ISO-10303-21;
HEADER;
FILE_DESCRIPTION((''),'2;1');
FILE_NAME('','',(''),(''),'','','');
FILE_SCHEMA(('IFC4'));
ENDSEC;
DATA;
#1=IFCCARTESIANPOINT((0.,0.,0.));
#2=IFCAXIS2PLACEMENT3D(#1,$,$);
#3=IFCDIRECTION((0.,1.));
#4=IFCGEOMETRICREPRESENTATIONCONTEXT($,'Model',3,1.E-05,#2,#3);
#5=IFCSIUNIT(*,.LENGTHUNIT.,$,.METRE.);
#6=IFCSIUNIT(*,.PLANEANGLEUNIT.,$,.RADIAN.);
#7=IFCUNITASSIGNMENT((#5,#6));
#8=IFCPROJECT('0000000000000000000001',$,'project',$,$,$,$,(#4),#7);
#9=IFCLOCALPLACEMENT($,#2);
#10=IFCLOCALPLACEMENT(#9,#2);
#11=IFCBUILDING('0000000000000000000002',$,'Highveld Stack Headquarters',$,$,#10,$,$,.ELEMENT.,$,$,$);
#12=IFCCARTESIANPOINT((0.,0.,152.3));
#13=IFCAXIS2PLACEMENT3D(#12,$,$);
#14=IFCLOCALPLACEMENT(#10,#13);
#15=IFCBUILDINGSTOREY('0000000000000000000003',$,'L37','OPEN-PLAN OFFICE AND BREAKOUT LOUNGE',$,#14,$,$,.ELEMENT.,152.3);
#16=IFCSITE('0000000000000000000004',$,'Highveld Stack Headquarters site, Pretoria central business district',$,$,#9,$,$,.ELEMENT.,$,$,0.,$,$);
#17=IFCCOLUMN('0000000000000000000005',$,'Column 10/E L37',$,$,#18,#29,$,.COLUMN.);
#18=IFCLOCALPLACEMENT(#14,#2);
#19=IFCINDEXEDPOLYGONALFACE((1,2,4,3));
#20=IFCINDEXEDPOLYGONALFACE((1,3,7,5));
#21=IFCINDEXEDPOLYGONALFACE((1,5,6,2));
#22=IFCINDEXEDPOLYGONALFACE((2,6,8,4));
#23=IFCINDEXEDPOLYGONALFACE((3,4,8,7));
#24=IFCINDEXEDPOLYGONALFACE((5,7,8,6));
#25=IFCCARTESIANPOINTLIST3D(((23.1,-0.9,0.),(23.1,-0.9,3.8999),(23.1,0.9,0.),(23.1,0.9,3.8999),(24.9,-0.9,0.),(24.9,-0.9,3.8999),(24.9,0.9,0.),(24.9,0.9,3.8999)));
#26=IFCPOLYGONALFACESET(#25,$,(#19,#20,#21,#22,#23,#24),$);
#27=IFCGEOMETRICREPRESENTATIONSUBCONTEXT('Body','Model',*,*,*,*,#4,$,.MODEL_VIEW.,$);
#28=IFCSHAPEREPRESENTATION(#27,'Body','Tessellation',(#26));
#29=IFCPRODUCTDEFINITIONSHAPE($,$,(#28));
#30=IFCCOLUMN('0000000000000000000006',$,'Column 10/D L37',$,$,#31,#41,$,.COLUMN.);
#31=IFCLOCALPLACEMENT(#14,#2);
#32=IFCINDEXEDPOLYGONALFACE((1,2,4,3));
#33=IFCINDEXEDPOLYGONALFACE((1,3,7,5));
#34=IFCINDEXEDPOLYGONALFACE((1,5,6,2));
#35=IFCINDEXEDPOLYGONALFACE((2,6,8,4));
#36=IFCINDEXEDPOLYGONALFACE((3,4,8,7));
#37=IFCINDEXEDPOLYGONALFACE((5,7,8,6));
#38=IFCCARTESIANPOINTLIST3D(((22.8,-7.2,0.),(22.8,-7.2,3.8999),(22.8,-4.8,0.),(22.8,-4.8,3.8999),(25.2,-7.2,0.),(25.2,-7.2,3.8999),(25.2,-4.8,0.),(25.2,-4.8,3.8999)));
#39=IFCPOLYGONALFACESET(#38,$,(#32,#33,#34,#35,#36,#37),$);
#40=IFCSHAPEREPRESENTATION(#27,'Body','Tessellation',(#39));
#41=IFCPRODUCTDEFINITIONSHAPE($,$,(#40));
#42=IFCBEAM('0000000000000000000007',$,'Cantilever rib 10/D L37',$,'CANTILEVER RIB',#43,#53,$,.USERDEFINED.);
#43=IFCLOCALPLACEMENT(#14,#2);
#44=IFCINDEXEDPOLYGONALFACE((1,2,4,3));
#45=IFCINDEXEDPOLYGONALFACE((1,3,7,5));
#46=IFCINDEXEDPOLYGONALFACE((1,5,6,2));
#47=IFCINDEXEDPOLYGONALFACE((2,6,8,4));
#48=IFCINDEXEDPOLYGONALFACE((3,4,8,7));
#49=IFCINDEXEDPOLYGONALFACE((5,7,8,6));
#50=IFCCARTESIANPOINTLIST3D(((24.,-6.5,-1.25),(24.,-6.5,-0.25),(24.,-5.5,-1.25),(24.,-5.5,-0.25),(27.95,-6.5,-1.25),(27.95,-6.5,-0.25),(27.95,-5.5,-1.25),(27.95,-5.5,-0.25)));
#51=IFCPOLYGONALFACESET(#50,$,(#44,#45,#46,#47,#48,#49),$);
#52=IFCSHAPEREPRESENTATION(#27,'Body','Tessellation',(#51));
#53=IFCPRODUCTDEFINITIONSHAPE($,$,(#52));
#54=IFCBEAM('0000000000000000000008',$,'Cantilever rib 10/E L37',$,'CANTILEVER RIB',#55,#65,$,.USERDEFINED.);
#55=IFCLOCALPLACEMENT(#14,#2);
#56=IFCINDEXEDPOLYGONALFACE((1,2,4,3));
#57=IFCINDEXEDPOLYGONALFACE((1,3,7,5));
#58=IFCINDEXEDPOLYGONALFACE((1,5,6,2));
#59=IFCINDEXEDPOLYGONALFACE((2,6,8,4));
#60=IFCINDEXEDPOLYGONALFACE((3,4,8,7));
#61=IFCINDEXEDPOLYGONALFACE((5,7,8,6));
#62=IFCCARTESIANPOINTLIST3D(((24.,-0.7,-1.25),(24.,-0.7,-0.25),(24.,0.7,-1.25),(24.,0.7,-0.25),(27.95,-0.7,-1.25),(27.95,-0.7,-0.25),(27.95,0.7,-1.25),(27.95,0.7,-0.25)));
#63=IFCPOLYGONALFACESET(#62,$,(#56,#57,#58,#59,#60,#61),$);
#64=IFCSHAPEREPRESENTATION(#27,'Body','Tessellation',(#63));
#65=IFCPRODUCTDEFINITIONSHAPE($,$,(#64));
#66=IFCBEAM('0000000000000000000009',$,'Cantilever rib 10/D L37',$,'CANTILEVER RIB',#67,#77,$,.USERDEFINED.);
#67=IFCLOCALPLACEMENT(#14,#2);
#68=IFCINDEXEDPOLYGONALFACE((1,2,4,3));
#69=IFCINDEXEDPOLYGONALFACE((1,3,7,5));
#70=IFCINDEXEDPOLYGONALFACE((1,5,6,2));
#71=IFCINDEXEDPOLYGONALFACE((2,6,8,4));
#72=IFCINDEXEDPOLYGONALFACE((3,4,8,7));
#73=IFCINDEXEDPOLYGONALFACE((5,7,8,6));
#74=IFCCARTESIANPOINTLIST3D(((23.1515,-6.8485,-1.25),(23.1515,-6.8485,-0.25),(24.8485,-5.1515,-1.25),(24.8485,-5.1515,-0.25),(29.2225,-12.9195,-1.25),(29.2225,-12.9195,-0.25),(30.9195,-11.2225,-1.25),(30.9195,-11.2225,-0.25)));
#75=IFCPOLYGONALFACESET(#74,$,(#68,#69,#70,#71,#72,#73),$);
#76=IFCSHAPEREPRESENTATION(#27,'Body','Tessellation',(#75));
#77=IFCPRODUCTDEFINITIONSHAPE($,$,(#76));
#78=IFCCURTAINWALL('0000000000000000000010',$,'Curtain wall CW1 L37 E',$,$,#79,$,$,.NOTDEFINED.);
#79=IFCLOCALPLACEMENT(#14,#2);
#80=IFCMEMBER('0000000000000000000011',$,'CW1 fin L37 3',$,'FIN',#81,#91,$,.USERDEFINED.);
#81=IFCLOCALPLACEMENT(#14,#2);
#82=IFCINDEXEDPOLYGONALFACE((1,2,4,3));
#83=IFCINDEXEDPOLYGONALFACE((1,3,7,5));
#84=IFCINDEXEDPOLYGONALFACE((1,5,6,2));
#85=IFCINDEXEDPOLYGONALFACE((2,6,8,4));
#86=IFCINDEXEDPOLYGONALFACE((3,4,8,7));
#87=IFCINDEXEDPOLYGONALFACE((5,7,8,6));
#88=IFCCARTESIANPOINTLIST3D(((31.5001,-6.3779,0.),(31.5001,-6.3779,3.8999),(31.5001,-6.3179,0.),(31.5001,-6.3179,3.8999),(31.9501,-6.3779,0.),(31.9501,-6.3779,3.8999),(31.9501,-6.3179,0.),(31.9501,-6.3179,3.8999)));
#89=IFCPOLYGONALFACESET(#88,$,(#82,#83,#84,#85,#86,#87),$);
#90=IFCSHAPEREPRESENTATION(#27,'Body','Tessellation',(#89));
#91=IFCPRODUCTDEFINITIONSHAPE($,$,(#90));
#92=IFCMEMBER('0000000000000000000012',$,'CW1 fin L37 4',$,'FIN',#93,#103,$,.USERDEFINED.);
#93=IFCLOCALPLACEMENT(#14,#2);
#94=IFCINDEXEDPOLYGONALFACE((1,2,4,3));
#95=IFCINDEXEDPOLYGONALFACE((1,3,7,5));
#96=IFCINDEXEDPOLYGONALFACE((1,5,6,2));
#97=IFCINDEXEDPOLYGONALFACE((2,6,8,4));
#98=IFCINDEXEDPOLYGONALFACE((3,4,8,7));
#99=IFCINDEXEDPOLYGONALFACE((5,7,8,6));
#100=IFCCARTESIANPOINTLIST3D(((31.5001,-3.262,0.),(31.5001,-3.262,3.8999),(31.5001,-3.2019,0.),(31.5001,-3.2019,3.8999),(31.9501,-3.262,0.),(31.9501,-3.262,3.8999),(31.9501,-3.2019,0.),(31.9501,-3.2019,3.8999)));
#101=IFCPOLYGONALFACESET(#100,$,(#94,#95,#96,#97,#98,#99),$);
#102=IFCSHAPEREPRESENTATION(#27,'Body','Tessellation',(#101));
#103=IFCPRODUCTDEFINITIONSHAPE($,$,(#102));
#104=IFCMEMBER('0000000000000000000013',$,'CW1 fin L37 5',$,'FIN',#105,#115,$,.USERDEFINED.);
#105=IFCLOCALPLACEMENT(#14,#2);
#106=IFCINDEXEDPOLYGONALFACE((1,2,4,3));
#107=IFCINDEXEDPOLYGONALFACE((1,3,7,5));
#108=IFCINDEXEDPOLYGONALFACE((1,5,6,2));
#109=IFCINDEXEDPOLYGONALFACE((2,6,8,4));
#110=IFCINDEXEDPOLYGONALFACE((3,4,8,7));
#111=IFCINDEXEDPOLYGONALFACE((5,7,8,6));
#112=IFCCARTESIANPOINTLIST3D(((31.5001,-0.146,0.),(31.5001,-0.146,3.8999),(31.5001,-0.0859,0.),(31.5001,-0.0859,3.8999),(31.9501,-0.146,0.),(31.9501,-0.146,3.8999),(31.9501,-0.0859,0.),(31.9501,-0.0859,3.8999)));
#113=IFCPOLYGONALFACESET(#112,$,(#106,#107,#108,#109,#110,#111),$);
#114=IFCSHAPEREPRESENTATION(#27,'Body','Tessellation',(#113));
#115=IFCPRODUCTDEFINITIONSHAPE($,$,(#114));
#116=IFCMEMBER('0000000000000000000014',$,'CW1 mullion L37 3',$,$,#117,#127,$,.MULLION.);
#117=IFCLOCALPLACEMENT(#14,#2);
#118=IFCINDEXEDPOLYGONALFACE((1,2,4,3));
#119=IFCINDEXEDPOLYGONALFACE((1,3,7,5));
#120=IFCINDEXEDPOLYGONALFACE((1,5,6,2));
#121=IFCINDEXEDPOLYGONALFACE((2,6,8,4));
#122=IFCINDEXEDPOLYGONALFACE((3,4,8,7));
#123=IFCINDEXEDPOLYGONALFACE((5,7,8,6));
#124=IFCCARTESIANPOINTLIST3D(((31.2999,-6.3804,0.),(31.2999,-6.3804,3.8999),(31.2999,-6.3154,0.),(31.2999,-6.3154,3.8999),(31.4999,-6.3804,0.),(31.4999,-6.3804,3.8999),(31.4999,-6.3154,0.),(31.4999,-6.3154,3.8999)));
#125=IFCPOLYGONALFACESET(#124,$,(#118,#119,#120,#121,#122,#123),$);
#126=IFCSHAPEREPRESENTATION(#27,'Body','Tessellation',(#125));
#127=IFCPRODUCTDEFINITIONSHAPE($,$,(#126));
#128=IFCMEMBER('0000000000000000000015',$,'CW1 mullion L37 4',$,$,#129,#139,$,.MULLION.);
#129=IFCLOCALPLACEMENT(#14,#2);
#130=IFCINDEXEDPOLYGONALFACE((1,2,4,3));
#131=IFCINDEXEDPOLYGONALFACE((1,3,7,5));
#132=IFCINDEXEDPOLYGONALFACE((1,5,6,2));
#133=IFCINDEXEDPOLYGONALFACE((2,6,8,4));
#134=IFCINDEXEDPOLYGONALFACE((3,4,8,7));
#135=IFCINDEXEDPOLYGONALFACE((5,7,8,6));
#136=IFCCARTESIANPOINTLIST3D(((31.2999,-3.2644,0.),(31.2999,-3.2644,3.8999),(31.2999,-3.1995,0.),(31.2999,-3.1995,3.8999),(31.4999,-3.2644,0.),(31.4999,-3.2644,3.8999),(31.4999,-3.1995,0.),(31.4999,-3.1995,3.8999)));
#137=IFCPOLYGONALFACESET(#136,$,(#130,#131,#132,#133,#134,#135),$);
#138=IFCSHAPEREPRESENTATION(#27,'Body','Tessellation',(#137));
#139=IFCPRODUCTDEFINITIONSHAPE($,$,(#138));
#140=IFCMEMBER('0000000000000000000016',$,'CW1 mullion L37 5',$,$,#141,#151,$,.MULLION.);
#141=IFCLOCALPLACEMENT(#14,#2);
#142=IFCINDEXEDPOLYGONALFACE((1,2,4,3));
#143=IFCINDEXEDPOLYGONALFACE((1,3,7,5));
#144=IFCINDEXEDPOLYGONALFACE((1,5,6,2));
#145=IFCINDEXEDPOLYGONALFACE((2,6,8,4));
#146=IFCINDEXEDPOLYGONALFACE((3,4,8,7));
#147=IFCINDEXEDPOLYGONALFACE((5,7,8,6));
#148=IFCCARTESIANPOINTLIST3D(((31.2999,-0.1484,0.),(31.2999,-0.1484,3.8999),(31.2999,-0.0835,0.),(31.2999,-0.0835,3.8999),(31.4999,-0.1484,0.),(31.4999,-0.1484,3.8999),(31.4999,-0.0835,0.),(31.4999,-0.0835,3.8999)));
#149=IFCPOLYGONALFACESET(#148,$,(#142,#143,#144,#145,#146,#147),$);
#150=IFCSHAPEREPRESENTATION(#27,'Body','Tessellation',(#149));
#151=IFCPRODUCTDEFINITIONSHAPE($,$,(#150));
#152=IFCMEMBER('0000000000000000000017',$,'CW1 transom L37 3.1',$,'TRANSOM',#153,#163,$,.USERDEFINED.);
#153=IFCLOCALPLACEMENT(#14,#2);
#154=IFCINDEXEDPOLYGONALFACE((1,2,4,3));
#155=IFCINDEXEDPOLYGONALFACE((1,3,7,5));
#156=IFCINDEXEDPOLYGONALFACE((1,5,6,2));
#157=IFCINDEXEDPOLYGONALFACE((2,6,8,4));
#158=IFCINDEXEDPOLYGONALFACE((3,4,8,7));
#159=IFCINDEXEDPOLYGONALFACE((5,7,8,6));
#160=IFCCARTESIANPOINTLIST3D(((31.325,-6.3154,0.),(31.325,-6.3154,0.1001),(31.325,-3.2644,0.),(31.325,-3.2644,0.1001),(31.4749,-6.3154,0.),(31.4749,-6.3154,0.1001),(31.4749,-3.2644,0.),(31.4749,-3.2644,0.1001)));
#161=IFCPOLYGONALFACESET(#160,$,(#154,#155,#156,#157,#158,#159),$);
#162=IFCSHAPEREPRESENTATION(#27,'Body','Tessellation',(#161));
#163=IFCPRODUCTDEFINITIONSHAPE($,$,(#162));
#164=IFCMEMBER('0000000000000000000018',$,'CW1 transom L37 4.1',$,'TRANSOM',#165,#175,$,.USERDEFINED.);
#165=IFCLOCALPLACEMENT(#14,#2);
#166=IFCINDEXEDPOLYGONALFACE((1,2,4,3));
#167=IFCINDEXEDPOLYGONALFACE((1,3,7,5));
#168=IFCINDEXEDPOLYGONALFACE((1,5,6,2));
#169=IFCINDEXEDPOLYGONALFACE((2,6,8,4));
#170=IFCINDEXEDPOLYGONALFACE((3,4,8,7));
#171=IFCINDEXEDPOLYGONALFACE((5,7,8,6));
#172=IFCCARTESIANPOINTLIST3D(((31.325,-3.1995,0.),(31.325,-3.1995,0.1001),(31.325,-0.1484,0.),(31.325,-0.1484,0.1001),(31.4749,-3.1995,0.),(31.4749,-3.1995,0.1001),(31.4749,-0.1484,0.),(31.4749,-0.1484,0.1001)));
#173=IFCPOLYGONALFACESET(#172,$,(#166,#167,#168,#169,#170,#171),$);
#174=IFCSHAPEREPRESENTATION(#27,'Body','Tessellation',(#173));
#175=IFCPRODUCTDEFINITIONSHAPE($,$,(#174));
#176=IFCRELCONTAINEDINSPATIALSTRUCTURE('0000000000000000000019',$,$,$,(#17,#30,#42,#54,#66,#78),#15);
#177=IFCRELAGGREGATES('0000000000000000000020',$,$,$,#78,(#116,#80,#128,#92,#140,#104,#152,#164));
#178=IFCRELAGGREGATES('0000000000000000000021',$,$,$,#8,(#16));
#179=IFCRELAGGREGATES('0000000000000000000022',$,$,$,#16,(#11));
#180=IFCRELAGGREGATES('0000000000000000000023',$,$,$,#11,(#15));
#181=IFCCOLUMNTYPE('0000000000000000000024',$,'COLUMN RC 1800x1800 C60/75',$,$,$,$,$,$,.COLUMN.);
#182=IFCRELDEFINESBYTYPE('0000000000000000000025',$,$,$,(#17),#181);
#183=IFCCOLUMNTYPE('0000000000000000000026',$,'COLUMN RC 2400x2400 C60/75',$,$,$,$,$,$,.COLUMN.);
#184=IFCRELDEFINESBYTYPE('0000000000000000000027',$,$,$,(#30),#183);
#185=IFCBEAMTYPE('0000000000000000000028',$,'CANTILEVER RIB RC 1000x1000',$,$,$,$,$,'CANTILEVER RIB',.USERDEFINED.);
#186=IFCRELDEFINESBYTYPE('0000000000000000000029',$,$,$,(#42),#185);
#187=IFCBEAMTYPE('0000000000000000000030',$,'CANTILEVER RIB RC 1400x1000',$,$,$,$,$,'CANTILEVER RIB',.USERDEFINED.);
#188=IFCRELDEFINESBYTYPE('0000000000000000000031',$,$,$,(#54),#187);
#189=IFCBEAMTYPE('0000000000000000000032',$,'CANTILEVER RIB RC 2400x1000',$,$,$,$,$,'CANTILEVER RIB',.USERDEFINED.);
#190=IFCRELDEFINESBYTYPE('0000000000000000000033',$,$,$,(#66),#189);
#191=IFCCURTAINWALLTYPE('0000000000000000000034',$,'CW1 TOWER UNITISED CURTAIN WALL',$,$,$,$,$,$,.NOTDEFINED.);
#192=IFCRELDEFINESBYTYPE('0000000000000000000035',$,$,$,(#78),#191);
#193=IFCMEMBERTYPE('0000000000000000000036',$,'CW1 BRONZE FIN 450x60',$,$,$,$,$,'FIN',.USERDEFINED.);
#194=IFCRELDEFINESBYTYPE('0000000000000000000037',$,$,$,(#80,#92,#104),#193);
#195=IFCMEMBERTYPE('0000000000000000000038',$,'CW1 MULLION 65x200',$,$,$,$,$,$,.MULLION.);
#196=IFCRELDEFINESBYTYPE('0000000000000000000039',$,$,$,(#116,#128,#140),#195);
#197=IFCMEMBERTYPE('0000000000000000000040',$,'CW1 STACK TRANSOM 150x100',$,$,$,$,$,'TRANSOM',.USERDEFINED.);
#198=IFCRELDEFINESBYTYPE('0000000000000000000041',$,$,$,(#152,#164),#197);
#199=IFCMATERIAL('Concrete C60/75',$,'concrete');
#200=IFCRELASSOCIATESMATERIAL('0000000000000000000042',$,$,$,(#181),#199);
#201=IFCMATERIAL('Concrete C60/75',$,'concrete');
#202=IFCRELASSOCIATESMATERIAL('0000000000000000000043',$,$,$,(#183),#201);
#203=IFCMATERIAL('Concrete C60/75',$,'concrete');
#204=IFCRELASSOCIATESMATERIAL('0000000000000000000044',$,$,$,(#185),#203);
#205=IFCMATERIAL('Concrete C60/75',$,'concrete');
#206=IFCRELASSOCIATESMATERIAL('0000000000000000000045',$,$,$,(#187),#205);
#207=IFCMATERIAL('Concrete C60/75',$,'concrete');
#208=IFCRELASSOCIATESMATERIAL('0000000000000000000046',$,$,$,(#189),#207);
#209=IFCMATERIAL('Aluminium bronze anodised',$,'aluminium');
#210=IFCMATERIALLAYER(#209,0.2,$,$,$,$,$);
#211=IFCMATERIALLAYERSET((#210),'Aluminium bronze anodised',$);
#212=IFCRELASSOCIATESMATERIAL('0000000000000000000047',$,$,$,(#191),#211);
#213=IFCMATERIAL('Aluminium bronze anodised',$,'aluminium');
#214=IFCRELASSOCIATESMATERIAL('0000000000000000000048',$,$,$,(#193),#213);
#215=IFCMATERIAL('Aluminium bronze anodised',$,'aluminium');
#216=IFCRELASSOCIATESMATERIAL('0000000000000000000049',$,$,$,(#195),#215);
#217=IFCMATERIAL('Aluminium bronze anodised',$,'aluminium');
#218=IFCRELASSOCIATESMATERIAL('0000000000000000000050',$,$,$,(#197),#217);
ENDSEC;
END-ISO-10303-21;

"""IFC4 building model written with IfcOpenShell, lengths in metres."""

from ifc_helpers import new_model, si_unit, direction, frame, origin, origin_2d, place, context, subcontext, project, spatial, rectangle, extrude, material, layer, layer_set, material_profile, profile_set, type_object, element, aggregate, save


model = new_model("IFC4")

# Units and contexts
model_context = context("Model", 3, precision=1e-05, world=origin(), true_north=direction((0.0, 1.0)))
body_context = subcontext(model_context, "Body", "Model", "MODEL_VIEW")
ifc_project = project(units=[si_unit("LENGTHUNIT", "METRE"), si_unit("PLANEANGLEUNIT", "RADIAN")], contexts=[model_context])

# Site, building, storey
site_placement = place(None, origin())
site = spatial("IfcSite", under=ifc_project, at=site_placement, Name="Highveld Stack Headquarters site, Pretoria central business district", CompositionType="ELEMENT", RefElevation=0.0)
building_placement = place(site_placement, origin())
building = spatial("IfcBuilding", under=site, at=building_placement, Name="Highveld Stack Headquarters", CompositionType="ELEMENT")
storey_placement = place(building_placement, frame((0.0, 0.0, 152.3)))
storey = spatial("IfcBuildingStorey", under=building, at=storey_placement, Name="L37", Description="OPEN-PLAN OFFICE AND BREAKOUT LOUNGE", CompositionType="ELEMENT", Elevation=152.3)

# Columns
ifc_material_1 = material(Name="Concrete C60/75", Category="concrete")
ifc_material_profile_1 = material_profile(ifc_material_1, rectangle(XDim=1.8, YDim=1.8, at=origin_2d()), Name="RC 1800x1800")
ifc_profile_set_1 = profile_set([ifc_material_profile_1], Name="Concrete C60/75")
column_type_1 = type_object("IfcColumnType", Name="COLUMN RC 1800x1800 C60/75", PredefinedType="COLUMN", material=ifc_profile_set_1)
column_1_placement = place(storey_placement, frame((24.0, 0.0, 0.0), z_axis=(0.0, 0.0, 1.0), x_axis=(1.0, 0.0, 0.0)))
element("IfcColumn", 1, at=column_1_placement, inside=storey, type_object=column_type_1, Name="Column 10/E L37", PredefinedType="COLUMN", context=body_context, shape_type="SweptSolid", body=[
    extrude(rectangle(XDim=1.8, YDim=1.8, at=origin_2d()), origin(), (0.0, 0.0, 1.0), 3.8999),
])
ifc_material_2 = material(Name="Concrete C60/75", Category="concrete")
ifc_material_profile_2 = material_profile(ifc_material_2, rectangle(XDim=2.3999, YDim=2.3999, at=origin_2d()), Name="RC 2400x2400")
ifc_profile_set_2 = profile_set([ifc_material_profile_2], Name="Concrete C60/75")
column_type_2 = type_object("IfcColumnType", Name="COLUMN RC 2400x2400 C60/75", PredefinedType="COLUMN", material=ifc_profile_set_2)
column_2_placement = place(storey_placement, frame((24.0, -6.0, 0.0), z_axis=(0.0, 0.0, 1.0), x_axis=(1.0, 0.0, 0.0)))
element("IfcColumn", 2, at=column_2_placement, inside=storey, type_object=column_type_2, Name="Column 10/D L37", PredefinedType="COLUMN", context=body_context, shape_type="SweptSolid", body=[
    extrude(rectangle(XDim=2.3999, YDim=2.3999, at=origin_2d()), origin(), (0.0, 0.0, 1.0), 3.8999),
])

# Beams
ifc_material_3 = material(Name="Concrete C60/75", Category="concrete")
ifc_material_profile_3 = material_profile(ifc_material_3, rectangle(XDim=1.0, YDim=1.0, at=origin_2d()), Name="RC 1000x1000")
ifc_profile_set_3 = profile_set([ifc_material_profile_3], Name="Concrete C60/75")
beam_type_1 = type_object("IfcBeamType", Name="CANTILEVER RIB RC 1000x1000", ElementType="CANTILEVER RIB", PredefinedType="USERDEFINED", material=ifc_profile_set_3)
beam_1_placement = place(storey_placement, frame((24.0, -6.0, -0.75), z_axis=(1.0, 0.0, 0.0), x_axis=(0.0, 1.0, 0.0)))
element("IfcBeam", 3, at=beam_1_placement, inside=storey, type_object=beam_type_1, Name="Cantilever rib 10/D L37", ObjectType="CANTILEVER RIB", PredefinedType="USERDEFINED", context=body_context, shape_type="SweptSolid", body=[
    extrude(rectangle(XDim=1.0, YDim=1.0, at=origin_2d()), origin(), (0.0, 0.0, 1.0), 3.95),
])
ifc_material_4 = material(Name="Concrete C60/75", Category="concrete")
ifc_material_profile_4 = material_profile(ifc_material_4, rectangle(XDim=1.3999, YDim=1.0, at=origin_2d()), Name="RC 1400x1000")
ifc_profile_set_4 = profile_set([ifc_material_profile_4], Name="Concrete C60/75")
beam_type_2 = type_object("IfcBeamType", Name="CANTILEVER RIB RC 1400x1000", ElementType="CANTILEVER RIB", PredefinedType="USERDEFINED", material=ifc_profile_set_4)
beam_2_placement = place(storey_placement, frame((24.0, 0.0, -0.75), z_axis=(1.0, 0.0, 0.0), x_axis=(0.0, 1.0, 0.0)))
element("IfcBeam", 4, at=beam_2_placement, inside=storey, type_object=beam_type_2, Name="Cantilever rib 10/E L37", ObjectType="CANTILEVER RIB", PredefinedType="USERDEFINED", context=body_context, shape_type="SweptSolid", body=[
    extrude(rectangle(XDim=1.3999, YDim=1.0, at=origin_2d()), origin(), (0.0, 0.0, 1.0), 3.95),
])
ifc_material_5 = material(Name="Concrete C60/75", Category="concrete")
ifc_material_profile_5 = material_profile(ifc_material_5, rectangle(XDim=2.3999, YDim=1.0, at=origin_2d()), Name="RC 2400x1000")
ifc_profile_set_5 = profile_set([ifc_material_profile_5], Name="Concrete C60/75")
beam_type_3 = type_object("IfcBeamType", Name="CANTILEVER RIB RC 2400x1000", ElementType="CANTILEVER RIB", PredefinedType="USERDEFINED", material=ifc_profile_set_5)
beam_3_placement = place(storey_placement, frame((24.0, -6.0, -0.75), z_axis=(0.707107, -0.707107, 0.0), x_axis=(0.707107, 0.707107, 0.0)))
element("IfcBeam", 5, at=beam_3_placement, inside=storey, type_object=beam_type_3, Name="Cantilever rib 10/D L37", ObjectType="CANTILEVER RIB", PredefinedType="USERDEFINED", context=body_context, shape_type="SweptSolid", body=[
    extrude(rectangle(XDim=2.3999, YDim=1.0, at=origin_2d()), origin(), (0.0, 0.0, 1.0), 8.5857),
])

# Curtain wall, members
ifc_material_6 = material(Name="Aluminium bronze anodised", Category="aluminium")
ifc_layer_1 = layer(ifc_material_6, 0.2)
ifc_layer_set_1 = layer_set([ifc_layer_1], Name="Aluminium bronze anodised")
curtain_wall_type = type_object("IfcCurtainWallType", Name="CW1 TOWER UNITISED CURTAIN WALL", PredefinedType="NOTDEFINED", material=ifc_layer_set_1)
curtain_wall_placement = place(storey_placement, origin())
curtain_wall = element("IfcCurtainWall", 6, at=curtain_wall_placement, inside=storey, type_object=curtain_wall_type, Name="Curtain wall CW1 L37 E", PredefinedType="NOTDEFINED")
ifc_material_7 = material(Name="Aluminium bronze anodised", Category="aluminium")
ifc_material_profile_6 = material_profile(ifc_material_7, rectangle(XDim=0.45, YDim=0.0601, at=origin_2d()), Name="FIN 450x60")
ifc_profile_set_6 = profile_set([ifc_material_profile_6], Name="Aluminium bronze anodised")
member_type_1 = type_object("IfcMemberType", Name="CW1 BRONZE FIN 450x60", ElementType="FIN", PredefinedType="USERDEFINED", material=ifc_profile_set_6)
member_1_placement = place(storey_placement, frame((31.7251, -6.3479, 0.0), z_axis=(0.0, 0.0, 1.0), x_axis=(-1.0, 0.0, 0.0)))
member_1 = element("IfcMember", 7, at=member_1_placement, type_object=member_type_1, Name="CW1 fin L37 3", ObjectType="FIN", PredefinedType="USERDEFINED", context=body_context, shape_type="SweptSolid", body=[
    extrude(rectangle(XDim=0.45, YDim=0.0601, at=origin_2d()), origin(), (0.0, 0.0, 1.0), 3.8999),
])
member_2_placement = place(storey_placement, frame((31.7251, -3.2319, 0.0), z_axis=(0.0, 0.0, 1.0), x_axis=(-1.0, 0.0, 0.0)))
member_2 = element("IfcMember", 8, at=member_2_placement, type_object=member_type_1, Name="CW1 fin L37 4", ObjectType="FIN", PredefinedType="USERDEFINED", context=body_context, shape_type="SweptSolid", body=[
    extrude(rectangle(XDim=0.45, YDim=0.0601, at=origin_2d()), origin(), (0.0, 0.0, 1.0), 3.8999),
])
member_3_placement = place(storey_placement, frame((31.7251, -0.116, 0.0), z_axis=(0.0, 0.0, 1.0), x_axis=(-1.0, 0.0, 0.0)))
member_3 = element("IfcMember", 9, at=member_3_placement, type_object=member_type_1, Name="CW1 fin L37 5", ObjectType="FIN", PredefinedType="USERDEFINED", context=body_context, shape_type="SweptSolid", body=[
    extrude(rectangle(XDim=0.45, YDim=0.0601, at=origin_2d()), origin(), (0.0, 0.0, 1.0), 3.8999),
])
ifc_material_8 = material(Name="Aluminium bronze anodised", Category="aluminium")
ifc_material_profile_7 = material_profile(ifc_material_8, rectangle(XDim=0.2, YDim=0.0649, at=origin_2d()), Name="CW1 MULLION 65x200")
ifc_profile_set_7 = profile_set([ifc_material_profile_7], Name="Aluminium bronze anodised")
member_type_2 = type_object("IfcMemberType", Name="CW1 MULLION 65x200", PredefinedType="MULLION", material=ifc_profile_set_7)
member_4_placement = place(storey_placement, frame((31.3999, -6.3479, 0.0), z_axis=(0.0, 0.0, 1.0), x_axis=(-1.0, 0.0, 0.0)))
member_4 = element("IfcMember", 10, at=member_4_placement, type_object=member_type_2, Name="CW1 mullion L37 3", PredefinedType="MULLION", context=body_context, shape_type="SweptSolid", body=[
    extrude(rectangle(XDim=0.2, YDim=0.0649, at=origin_2d()), origin(), (0.0, 0.0, 1.0), 3.8999),
])
member_5_placement = place(storey_placement, frame((31.3999, -3.2319, 0.0), z_axis=(0.0, 0.0, 1.0), x_axis=(-1.0, 0.0, 0.0)))
member_5 = element("IfcMember", 11, at=member_5_placement, type_object=member_type_2, Name="CW1 mullion L37 4", PredefinedType="MULLION", context=body_context, shape_type="SweptSolid", body=[
    extrude(rectangle(XDim=0.2, YDim=0.0649, at=origin_2d()), origin(), (0.0, 0.0, 1.0), 3.8999),
])
member_6_placement = place(storey_placement, frame((31.3999, -0.116, 0.0), z_axis=(0.0, 0.0, 1.0), x_axis=(-1.0, 0.0, 0.0)))
member_6 = element("IfcMember", 12, at=member_6_placement, type_object=member_type_2, Name="CW1 mullion L37 5", PredefinedType="MULLION", context=body_context, shape_type="SweptSolid", body=[
    extrude(rectangle(XDim=0.2, YDim=0.0649, at=origin_2d()), origin(), (0.0, 0.0, 1.0), 3.8999),
])
ifc_material_9 = material(Name="Aluminium bronze anodised", Category="aluminium")
ifc_material_profile_8 = material_profile(ifc_material_9, rectangle(XDim=0.1499, YDim=0.1001, at=origin_2d()), Name="CW1 TRANSOM 150x100")
ifc_profile_set_8 = profile_set([ifc_material_profile_8], Name="Aluminium bronze anodised")
member_type_3 = type_object("IfcMemberType", Name="CW1 STACK TRANSOM 150x100", ElementType="TRANSOM", PredefinedType="USERDEFINED", material=ifc_profile_set_8)
member_7_placement = place(storey_placement, frame((31.3999, -6.3154, 0.05), z_axis=(0.0, 1.0, 0.0), x_axis=(-1.0, 0.0, 0.0)))
member_7 = element("IfcMember", 13, at=member_7_placement, type_object=member_type_3, Name="CW1 transom L37 3.1", ObjectType="TRANSOM", PredefinedType="USERDEFINED", context=body_context, shape_type="SweptSolid", body=[
    extrude(rectangle(XDim=0.1499, YDim=0.1001, at=origin_2d()), origin(), (0.0, 0.0, 1.0), 3.051),
])
member_8_placement = place(storey_placement, frame((31.3999, -3.1995, 0.05), z_axis=(0.0, 1.0, 0.0), x_axis=(-1.0, 0.0, 0.0)))
member_8 = element("IfcMember", 14, at=member_8_placement, type_object=member_type_3, Name="CW1 transom L37 4.1", ObjectType="TRANSOM", PredefinedType="USERDEFINED", context=body_context, shape_type="SweptSolid", body=[
    extrude(rectangle(XDim=0.1499, YDim=0.1001, at=origin_2d()), origin(), (0.0, 0.0, 1.0), 3.051),
])

aggregate(curtain_wall, [member_4, member_1, member_5, member_2, member_6, member_3, member_7, member_8])

save(model, "model.ifc")
